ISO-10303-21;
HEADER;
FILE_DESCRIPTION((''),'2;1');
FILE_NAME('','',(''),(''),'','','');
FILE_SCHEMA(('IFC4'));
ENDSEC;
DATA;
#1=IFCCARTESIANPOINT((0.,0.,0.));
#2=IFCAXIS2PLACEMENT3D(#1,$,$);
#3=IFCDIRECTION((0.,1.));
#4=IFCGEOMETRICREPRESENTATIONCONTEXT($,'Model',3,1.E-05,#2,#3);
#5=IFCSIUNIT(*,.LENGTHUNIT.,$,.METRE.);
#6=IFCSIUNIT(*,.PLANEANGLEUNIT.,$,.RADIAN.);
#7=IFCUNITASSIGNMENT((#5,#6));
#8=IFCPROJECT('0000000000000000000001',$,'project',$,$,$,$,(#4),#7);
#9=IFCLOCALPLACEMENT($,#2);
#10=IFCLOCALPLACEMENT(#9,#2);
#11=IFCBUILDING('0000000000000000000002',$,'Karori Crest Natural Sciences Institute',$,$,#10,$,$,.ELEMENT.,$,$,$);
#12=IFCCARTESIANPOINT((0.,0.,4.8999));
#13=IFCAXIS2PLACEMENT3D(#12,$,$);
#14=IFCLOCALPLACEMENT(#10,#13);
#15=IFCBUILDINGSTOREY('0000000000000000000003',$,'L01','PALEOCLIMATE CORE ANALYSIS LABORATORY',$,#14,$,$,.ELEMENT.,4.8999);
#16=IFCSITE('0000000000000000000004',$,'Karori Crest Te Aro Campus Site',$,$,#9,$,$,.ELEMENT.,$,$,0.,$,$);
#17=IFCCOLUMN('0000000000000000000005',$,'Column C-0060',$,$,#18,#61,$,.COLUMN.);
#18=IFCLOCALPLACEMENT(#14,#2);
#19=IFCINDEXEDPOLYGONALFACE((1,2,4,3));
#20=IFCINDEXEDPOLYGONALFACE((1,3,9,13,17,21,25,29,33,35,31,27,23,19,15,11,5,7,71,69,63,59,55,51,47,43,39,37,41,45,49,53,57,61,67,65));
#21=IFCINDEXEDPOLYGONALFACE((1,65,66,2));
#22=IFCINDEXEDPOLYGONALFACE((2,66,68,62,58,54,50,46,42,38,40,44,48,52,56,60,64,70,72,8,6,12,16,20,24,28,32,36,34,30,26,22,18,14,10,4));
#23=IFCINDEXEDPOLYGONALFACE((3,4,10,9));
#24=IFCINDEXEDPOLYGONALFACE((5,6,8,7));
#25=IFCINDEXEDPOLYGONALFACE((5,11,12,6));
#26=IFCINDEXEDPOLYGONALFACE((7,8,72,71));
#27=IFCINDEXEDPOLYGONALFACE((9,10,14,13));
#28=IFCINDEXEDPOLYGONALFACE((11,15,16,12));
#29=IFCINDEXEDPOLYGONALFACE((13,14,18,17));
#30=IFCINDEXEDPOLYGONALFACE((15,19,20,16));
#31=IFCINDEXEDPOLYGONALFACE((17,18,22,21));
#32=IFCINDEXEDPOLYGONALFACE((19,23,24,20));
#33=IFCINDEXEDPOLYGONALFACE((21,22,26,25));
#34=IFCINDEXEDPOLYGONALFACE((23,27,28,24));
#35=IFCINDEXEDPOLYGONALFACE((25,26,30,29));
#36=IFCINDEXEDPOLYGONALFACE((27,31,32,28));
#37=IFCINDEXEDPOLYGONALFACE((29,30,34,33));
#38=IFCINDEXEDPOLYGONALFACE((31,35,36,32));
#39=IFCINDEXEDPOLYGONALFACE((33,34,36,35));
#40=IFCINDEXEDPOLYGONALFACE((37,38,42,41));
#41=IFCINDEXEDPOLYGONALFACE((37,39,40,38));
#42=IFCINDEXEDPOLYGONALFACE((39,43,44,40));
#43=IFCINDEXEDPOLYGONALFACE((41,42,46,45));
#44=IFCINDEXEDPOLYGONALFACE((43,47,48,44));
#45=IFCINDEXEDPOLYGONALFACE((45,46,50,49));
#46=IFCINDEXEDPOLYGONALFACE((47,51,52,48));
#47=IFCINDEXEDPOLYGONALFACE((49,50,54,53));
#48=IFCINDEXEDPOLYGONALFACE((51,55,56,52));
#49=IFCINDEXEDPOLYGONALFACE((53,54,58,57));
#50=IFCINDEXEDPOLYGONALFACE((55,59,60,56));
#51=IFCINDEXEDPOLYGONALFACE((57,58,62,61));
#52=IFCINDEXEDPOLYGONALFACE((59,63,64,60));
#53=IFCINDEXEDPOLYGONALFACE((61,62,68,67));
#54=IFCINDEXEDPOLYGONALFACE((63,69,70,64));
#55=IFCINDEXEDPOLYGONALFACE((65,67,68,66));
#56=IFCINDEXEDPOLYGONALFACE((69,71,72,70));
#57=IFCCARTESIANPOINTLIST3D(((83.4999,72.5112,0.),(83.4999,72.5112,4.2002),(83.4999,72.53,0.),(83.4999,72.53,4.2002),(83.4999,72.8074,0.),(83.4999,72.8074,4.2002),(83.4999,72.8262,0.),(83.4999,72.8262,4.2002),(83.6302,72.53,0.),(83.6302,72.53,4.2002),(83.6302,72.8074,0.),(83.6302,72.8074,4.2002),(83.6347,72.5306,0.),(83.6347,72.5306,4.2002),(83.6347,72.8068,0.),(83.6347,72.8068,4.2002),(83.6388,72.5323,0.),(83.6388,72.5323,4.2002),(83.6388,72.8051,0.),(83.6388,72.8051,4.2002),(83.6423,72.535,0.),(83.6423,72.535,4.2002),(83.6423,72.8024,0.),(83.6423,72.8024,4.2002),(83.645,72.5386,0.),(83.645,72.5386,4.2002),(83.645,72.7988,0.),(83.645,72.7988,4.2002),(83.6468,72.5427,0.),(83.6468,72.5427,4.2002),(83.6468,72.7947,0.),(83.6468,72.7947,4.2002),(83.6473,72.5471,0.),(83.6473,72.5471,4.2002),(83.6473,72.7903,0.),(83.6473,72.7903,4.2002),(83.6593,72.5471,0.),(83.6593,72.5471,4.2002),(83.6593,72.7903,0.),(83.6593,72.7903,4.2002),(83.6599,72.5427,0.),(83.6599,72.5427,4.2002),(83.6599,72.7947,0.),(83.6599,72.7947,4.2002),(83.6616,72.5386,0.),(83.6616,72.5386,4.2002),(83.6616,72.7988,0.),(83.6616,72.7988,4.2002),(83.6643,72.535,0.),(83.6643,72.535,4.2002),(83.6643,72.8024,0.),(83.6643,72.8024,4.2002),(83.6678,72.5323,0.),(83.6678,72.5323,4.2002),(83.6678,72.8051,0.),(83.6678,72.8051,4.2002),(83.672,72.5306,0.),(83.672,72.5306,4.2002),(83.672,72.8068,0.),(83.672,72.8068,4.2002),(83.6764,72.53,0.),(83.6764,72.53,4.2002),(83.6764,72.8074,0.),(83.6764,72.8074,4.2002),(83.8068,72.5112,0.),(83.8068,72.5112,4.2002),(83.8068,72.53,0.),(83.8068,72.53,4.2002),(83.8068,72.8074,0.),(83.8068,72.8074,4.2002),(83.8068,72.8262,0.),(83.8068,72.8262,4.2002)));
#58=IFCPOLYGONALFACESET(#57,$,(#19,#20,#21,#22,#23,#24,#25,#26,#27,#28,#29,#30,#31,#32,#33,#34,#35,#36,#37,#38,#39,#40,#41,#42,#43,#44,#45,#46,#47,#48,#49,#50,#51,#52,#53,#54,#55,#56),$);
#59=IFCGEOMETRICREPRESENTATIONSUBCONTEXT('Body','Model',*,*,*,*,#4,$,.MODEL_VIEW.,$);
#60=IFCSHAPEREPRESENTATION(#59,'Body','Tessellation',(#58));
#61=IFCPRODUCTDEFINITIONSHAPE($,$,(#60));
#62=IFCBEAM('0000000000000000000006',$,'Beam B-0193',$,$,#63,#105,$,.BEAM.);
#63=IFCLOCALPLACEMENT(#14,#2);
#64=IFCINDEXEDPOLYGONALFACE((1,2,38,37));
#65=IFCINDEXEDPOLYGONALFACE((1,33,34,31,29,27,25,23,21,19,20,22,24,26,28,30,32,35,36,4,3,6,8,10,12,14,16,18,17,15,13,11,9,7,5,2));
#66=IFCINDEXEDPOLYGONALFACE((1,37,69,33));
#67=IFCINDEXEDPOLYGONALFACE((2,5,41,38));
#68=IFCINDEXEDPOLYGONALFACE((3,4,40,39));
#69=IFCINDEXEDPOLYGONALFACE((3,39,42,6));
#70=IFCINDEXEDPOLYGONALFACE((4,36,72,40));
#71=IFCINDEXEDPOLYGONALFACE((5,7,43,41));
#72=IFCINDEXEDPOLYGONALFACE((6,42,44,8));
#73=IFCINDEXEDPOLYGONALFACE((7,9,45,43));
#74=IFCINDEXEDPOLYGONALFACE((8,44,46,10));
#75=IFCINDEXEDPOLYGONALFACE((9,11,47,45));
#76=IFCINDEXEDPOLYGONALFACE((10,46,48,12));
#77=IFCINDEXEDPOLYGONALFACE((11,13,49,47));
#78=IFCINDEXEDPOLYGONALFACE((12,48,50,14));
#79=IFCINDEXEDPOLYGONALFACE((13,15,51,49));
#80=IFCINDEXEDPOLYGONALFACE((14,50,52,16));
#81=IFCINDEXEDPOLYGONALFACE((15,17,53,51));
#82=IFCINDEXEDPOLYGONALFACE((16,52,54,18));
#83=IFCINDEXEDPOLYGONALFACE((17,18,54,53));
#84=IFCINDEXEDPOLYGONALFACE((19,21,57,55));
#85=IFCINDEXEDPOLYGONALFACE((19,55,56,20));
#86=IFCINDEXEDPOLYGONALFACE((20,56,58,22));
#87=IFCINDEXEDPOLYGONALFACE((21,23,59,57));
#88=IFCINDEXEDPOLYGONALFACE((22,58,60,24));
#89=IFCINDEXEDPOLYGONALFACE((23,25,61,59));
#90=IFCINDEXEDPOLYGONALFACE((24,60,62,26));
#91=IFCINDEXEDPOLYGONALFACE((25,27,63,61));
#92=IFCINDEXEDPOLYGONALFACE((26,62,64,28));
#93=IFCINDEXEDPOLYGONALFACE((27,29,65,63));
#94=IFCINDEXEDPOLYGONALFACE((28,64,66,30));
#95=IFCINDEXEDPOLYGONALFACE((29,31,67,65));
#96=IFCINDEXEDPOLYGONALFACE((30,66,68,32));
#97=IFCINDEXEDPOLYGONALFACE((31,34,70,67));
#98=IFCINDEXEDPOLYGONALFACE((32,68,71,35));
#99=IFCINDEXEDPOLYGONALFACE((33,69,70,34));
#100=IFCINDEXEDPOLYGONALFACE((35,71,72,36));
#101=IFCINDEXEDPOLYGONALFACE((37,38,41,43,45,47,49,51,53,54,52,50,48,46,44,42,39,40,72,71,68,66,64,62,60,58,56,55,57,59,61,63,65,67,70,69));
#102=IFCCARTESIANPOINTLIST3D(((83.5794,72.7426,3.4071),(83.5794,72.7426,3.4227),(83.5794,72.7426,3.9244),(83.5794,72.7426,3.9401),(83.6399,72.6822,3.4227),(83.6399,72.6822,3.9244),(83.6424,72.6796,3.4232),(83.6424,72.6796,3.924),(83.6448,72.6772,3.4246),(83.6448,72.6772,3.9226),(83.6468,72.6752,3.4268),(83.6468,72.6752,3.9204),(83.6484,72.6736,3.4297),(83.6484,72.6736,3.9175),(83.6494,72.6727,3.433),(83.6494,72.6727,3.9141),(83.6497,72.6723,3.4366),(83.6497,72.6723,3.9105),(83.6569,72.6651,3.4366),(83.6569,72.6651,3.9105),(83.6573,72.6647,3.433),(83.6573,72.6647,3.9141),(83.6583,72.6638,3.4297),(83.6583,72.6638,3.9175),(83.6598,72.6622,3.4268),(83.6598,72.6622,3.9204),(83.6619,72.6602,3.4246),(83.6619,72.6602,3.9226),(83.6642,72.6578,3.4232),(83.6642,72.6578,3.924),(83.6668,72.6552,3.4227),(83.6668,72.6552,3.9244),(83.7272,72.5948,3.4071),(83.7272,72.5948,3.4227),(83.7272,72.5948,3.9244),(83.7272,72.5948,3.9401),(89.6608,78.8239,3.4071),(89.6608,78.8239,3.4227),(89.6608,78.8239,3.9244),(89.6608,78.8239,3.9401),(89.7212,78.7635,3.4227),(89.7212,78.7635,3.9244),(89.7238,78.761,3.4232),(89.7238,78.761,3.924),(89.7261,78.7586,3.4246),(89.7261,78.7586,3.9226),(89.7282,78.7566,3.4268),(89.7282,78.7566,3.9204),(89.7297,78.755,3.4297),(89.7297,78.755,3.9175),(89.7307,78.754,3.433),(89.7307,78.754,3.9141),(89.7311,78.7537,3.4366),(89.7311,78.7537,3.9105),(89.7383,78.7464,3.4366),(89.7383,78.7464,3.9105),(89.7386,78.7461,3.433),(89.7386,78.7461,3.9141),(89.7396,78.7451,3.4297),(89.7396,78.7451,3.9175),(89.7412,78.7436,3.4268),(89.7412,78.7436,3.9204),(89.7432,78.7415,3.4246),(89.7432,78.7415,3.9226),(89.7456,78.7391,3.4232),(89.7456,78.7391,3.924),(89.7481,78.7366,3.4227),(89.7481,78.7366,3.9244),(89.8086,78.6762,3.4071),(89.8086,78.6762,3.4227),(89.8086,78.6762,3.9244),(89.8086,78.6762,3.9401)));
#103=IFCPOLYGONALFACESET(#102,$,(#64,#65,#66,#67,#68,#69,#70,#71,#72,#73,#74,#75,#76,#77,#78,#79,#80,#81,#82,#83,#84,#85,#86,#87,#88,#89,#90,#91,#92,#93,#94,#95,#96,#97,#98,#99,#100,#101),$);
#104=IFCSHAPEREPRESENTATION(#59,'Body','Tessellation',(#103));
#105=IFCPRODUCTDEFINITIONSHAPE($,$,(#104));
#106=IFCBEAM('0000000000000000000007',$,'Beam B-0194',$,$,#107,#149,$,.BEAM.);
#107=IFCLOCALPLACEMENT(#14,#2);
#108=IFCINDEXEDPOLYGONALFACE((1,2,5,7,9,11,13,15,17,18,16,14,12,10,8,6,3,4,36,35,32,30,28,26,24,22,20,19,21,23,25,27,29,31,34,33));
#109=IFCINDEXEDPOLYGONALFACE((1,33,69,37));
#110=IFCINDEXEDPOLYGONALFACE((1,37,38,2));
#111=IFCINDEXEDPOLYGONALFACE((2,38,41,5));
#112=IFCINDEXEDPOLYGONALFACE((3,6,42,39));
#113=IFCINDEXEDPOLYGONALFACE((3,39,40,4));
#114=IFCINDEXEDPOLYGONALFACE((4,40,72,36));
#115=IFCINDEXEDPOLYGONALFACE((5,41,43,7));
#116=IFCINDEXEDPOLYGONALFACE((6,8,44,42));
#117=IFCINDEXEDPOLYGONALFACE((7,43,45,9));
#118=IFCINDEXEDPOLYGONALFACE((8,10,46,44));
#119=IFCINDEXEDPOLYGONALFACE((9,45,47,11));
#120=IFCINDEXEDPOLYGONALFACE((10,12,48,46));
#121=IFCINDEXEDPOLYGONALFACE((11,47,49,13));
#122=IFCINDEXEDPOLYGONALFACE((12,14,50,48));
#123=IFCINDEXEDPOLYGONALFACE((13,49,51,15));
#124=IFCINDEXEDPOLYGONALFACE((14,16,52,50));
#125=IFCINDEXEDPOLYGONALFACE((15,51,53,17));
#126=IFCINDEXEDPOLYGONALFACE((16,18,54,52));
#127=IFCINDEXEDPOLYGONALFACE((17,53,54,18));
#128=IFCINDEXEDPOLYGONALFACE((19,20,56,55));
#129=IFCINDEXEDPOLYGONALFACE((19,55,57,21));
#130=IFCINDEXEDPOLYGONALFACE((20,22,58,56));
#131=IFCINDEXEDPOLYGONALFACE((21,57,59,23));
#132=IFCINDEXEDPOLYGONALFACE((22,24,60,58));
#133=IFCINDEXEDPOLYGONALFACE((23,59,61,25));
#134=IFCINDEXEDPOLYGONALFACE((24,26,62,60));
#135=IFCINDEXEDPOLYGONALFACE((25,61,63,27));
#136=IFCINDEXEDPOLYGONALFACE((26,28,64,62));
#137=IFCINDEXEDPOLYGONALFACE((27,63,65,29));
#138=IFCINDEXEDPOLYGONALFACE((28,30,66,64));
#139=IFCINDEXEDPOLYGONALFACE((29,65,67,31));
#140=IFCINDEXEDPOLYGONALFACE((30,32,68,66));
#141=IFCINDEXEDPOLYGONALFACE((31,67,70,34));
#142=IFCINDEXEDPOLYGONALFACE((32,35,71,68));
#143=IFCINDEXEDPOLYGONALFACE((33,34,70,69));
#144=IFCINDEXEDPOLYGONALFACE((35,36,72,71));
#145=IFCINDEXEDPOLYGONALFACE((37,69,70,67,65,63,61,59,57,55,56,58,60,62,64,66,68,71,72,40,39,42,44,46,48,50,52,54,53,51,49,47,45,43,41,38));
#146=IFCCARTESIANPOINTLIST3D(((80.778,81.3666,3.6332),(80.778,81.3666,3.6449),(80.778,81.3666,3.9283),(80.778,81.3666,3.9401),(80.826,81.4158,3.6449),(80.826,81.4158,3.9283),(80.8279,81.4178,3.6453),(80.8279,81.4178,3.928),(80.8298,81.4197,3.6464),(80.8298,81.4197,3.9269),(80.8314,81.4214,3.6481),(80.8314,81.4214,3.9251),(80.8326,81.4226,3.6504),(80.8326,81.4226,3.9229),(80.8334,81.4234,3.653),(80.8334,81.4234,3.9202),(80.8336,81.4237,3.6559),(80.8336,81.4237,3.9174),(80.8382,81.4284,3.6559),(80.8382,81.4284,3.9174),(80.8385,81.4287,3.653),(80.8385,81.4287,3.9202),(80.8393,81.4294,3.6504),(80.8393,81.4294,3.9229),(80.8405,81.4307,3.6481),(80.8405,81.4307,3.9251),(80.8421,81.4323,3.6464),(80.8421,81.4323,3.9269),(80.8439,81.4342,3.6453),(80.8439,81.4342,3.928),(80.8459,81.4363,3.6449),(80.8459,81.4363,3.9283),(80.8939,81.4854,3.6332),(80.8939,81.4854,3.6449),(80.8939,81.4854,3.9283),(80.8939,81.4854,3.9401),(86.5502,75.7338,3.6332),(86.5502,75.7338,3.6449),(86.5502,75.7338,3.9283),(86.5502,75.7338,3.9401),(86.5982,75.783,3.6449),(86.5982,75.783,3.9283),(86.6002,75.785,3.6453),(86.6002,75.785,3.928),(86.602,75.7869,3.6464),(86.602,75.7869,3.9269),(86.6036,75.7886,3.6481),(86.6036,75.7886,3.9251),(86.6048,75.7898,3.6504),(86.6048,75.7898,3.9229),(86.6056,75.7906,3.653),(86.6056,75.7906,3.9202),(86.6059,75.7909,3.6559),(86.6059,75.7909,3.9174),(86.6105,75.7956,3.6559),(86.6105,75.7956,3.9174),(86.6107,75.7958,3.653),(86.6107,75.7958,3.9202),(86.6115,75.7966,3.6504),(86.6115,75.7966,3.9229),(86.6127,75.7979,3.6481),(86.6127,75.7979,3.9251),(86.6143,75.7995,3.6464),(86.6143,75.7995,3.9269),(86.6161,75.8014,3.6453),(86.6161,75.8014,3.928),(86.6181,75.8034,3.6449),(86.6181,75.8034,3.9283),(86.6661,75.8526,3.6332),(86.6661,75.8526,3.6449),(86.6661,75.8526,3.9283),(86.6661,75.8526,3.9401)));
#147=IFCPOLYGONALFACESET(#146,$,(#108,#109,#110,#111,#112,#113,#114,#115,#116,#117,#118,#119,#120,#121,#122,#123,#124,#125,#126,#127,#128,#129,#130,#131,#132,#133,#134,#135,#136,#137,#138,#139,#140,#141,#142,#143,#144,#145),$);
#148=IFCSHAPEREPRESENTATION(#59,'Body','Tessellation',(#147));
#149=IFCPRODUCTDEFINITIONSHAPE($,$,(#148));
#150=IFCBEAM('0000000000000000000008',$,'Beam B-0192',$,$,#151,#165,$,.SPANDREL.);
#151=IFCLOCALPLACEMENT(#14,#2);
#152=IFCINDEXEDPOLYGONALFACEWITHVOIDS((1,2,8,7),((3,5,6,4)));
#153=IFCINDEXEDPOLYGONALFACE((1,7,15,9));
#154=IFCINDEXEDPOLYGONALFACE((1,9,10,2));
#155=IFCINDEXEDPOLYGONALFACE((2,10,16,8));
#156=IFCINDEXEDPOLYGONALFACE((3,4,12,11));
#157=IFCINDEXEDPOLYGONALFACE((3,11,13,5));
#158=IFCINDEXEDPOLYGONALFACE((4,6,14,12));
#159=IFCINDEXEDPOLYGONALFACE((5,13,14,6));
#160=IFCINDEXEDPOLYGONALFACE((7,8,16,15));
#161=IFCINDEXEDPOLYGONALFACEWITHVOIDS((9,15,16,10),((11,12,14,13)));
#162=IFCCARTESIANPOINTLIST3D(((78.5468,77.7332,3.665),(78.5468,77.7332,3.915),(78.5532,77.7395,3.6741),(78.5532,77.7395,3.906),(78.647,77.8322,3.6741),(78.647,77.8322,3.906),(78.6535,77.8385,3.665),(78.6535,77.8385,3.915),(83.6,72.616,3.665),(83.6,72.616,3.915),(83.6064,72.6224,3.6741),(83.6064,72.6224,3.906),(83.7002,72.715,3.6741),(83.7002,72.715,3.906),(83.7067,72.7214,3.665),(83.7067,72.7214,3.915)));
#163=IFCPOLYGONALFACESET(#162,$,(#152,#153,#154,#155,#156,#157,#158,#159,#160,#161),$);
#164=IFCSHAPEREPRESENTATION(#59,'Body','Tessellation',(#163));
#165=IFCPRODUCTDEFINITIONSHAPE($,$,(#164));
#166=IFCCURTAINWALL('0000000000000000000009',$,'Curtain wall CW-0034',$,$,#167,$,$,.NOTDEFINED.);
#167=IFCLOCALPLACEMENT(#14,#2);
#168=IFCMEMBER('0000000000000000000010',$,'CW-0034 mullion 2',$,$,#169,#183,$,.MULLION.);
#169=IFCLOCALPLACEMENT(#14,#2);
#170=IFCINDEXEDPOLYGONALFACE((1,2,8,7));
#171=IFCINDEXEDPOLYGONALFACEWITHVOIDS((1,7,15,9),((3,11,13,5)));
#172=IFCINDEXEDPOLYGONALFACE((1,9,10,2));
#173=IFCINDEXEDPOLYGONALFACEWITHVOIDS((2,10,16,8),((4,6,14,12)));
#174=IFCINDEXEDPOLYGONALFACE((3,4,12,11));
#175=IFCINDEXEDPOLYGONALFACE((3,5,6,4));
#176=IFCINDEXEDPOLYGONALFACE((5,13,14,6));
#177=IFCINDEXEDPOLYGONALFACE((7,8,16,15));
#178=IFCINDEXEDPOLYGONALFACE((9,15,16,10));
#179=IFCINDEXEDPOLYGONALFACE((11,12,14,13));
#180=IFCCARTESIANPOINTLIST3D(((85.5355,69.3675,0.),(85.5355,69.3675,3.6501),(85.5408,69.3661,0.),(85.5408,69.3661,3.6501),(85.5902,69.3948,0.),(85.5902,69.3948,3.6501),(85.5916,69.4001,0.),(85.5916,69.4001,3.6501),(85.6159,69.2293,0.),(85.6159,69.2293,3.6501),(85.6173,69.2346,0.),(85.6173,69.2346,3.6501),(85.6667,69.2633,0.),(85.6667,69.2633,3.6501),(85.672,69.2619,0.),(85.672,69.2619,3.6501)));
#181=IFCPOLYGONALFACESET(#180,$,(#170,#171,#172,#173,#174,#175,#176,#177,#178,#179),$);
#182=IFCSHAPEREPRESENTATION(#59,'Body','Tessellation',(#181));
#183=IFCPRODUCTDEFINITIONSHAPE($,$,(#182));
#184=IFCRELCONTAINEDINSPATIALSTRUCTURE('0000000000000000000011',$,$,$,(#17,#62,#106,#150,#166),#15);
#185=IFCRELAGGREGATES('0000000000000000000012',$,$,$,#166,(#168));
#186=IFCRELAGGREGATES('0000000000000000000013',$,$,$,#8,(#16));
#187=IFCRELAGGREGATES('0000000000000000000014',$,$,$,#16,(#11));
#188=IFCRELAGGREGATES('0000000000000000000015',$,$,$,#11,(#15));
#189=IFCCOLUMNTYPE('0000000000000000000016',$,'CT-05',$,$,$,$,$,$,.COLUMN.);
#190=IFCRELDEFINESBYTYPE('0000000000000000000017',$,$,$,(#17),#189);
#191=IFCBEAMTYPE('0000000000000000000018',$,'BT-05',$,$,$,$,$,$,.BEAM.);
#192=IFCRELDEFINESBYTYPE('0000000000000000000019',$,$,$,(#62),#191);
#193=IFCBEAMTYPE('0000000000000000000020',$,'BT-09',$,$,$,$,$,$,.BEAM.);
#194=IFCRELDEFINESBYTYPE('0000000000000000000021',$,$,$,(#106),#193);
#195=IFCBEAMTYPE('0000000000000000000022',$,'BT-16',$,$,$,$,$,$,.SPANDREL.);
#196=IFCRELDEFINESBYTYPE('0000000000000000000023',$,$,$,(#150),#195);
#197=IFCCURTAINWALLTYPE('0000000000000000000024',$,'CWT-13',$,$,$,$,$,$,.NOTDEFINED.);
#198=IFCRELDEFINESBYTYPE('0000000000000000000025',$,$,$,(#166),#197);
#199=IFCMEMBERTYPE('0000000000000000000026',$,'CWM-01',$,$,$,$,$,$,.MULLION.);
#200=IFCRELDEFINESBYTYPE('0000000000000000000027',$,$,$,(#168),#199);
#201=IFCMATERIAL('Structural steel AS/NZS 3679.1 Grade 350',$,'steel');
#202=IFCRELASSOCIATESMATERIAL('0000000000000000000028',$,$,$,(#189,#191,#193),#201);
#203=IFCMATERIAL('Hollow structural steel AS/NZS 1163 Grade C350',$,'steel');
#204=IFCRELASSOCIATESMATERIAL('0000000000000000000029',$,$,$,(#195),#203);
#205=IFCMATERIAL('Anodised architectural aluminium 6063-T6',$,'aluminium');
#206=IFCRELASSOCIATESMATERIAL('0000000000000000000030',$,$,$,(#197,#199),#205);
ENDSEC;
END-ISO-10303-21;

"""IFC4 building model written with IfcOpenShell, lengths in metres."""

from ifc_helpers import new_model, si_unit, direction, frame, origin, origin_2d, place, context, subcontext, project, spatial, hollow_rectangle, i_section, extrude, material, material_profile, profile_set, type_object, element, aggregate, save


model = new_model("IFC4")

# Units and contexts
model_context = context("Model", 3, precision=1e-05, world=origin(), true_north=direction((0.0, 1.0)))
body_context = subcontext(model_context, "Body", "Model", "MODEL_VIEW")
ifc_project = project(units=[si_unit("LENGTHUNIT", "METRE"), si_unit("PLANEANGLEUNIT", "RADIAN")], contexts=[model_context])

# Site, building, storey
site_placement = place(None, origin())
site = spatial("IfcSite", under=ifc_project, at=site_placement, Name="Karori Crest Te Aro Campus Site", CompositionType="ELEMENT", RefElevation=0.0)
building_placement = place(site_placement, origin())
building = spatial("IfcBuilding", under=site, at=building_placement, Name="Karori Crest Natural Sciences Institute", CompositionType="ELEMENT")
storey_placement = place(building_placement, frame((0.0, 0.0, 4.8999)))
storey = spatial("IfcBuildingStorey", under=building, at=storey_placement, Name="L01", Description="PALEOCLIMATE CORE ANALYSIS LABORATORY", CompositionType="ELEMENT", Elevation=4.8999)

# Column
ifc_material_1 = material(Name="Structural steel AS/NZS 3679.1 Grade 350", Category="steel")
ifc_material_profile_1 = material_profile(ifc_material_1, i_section(OverallWidth=0.3069, OverallDepth=0.3149, WebThickness=0.012, FlangeThickness=0.0188, FilletRadius=0.0171, at=origin_2d()), Name="310UC118")
ifc_profile_set_1 = profile_set([ifc_material_profile_1], Name="Structural steel AS/NZS 3679.1 Grade 350")
column_type = type_object("IfcColumnType", Name="CT-05", PredefinedType="COLUMN", material=ifc_profile_set_1)
column_placement = place(storey_placement, frame((83.6533, 72.6687, 0.0), z_axis=(0.0, 0.0, 1.0), x_axis=(1.0, 0.0, 0.0)))
element("IfcColumn", 1, at=column_placement, inside=storey, type_object=column_type, Name="Column C-0060", PredefinedType="COLUMN", context=body_context, shape_type="SweptSolid", body=[
    extrude(i_section(OverallWidth=0.3069, OverallDepth=0.3149, WebThickness=0.012, FlangeThickness=0.0188, FilletRadius=0.0171, at=origin_2d()), origin(), (0.0, 0.0, 1.0), 4.2002),
])

# Beams
ifc_material_profile_2 = material_profile(ifc_material_1, i_section(OverallWidth=0.209, OverallDepth=0.533, WebThickness=0.0103, FlangeThickness=0.0156, FilletRadius=0.0139, at=origin_2d()), Name="530UB92.4")
ifc_profile_set_2 = profile_set([ifc_material_profile_2], Name="Structural steel AS/NZS 3679.1 Grade 350")
beam_type_1 = type_object("IfcBeamType", Name="BT-05", PredefinedType="BEAM", material=ifc_profile_set_2)
beam_1_placement = place(storey_placement, frame((83.6533, 72.6687, 3.6736), z_axis=(0.707107, 0.707107, 0.0), x_axis=(-0.707107, 0.707107, 0.0)))
element("IfcBeam", 2, at=beam_1_placement, inside=storey, type_object=beam_type_1, Name="Beam B-0193", PredefinedType="BEAM", context=body_context, shape_type="SweptSolid", body=[
    extrude(i_section(OverallWidth=0.209, OverallDepth=0.533, WebThickness=0.0103, FlangeThickness=0.0156, FilletRadius=0.0139, at=origin_2d()), origin(), (0.0, 0.0, 1.0), 8.6003),
])
ifc_material_profile_3 = material_profile(ifc_material_1, i_section(OverallWidth=0.166, OverallDepth=0.3069, WebThickness=0.0066, FlangeThickness=0.0117, FilletRadius=0.011, at=origin_2d()), Name="310UB46.2")
ifc_profile_set_3 = profile_set([ifc_material_profile_3], Name="Structural steel AS/NZS 3679.1 Grade 350")
beam_type_2 = type_object("IfcBeamType", Name="BT-09", PredefinedType="BEAM", material=ifc_profile_set_3)
beam_2_placement = place(storey_placement, frame((86.6082, 75.7932, 3.7866), z_axis=(-0.715696, 0.698412, 0.0), x_axis=(-0.698412, -0.715696, 0.0)))
element("IfcBeam", 3, at=beam_2_placement, inside=storey, type_object=beam_type_2, Name="Beam B-0194", PredefinedType="BEAM", context=body_context, shape_type="SweptSolid", body=[
    extrude(i_section(OverallWidth=0.166, OverallDepth=0.3069, WebThickness=0.0066, FlangeThickness=0.0117, FilletRadius=0.011, at=origin_2d()), origin(), (0.0, 0.0, 1.0), 8.0652),
])
ifc_material_2 = material(Name="Hollow structural steel AS/NZS 1163 Grade C350", Category="steel")
ifc_material_profile_4 = material_profile(ifc_material_2, hollow_rectangle(XDim=0.1499, YDim=0.25, WallThickness=0.009, at=origin_2d()), Name="RHS250x150x9")
ifc_profile_set_4 = profile_set([ifc_material_profile_4], Name="Hollow structural steel AS/NZS 1163 Grade C350")
beam_type_3 = type_object("IfcBeamType", Name="BT-16", PredefinedType="SPANDREL", material=ifc_profile_set_4)
beam_3_placement = place(storey_placement, frame((83.6533, 72.6687, 3.79), z_axis=(-0.702646, 0.71154, 0.0), x_axis=(-0.71154, -0.702646, 0.0)))
element("IfcBeam", 4, at=beam_3_placement, inside=storey, type_object=beam_type_3, Name="Beam B-0192", PredefinedType="SPANDREL", context=body_context, shape_type="SweptSolid", body=[
    extrude(hollow_rectangle(XDim=0.1499, YDim=0.25, WallThickness=0.009, at=origin_2d()), origin(), (0.0, 0.0, 1.0), 7.1917),
])

# Curtain wall, member
ifc_material_3 = material(Name="Anodised architectural aluminium 6063-T6", Category="aluminium")
curtain_wall_type = type_object("IfcCurtainWallType", Name="CWT-13", PredefinedType="NOTDEFINED", material=ifc_material_3)
curtain_wall_placement = place(storey_placement, origin())
curtain_wall = element("IfcCurtainWall", 5, at=curtain_wall_placement, inside=storey, type_object=curtain_wall_type, Name="Curtain wall CW-0034", PredefinedType="NOTDEFINED")
ifc_material_profile_5 = material_profile(ifc_material_3, hollow_rectangle(XDim=0.0649, YDim=0.1599, WallThickness=0.0039, at=origin_2d()), Name="CWM160x65x4")
ifc_profile_set_5 = profile_set([ifc_material_profile_5], Name="Anodised architectural aluminium 6063-T6")
member_type_1 = type_object("IfcMemberType", Name="CWM-01", PredefinedType="MULLION", material=ifc_profile_set_5)
member_1_placement = place(storey_placement, frame((85.6038, 69.3147, 0.0), z_axis=(0.0, 0.0, 1.0), x_axis=(-0.864484, -0.50266, 0.0)))
member_1 = element("IfcMember", 6, at=member_1_placement, type_object=member_type_1, Name="CW-0034 mullion 2", PredefinedType="MULLION", context=body_context, shape_type="SweptSolid", body=[
    extrude(hollow_rectangle(XDim=0.0649, YDim=0.1599, WallThickness=0.0039, at=origin_2d()), origin(), (0.0, 0.0, 1.0), 3.6501),
])

aggregate(curtain_wall, [member_1])

save(model, "model.ifc")
